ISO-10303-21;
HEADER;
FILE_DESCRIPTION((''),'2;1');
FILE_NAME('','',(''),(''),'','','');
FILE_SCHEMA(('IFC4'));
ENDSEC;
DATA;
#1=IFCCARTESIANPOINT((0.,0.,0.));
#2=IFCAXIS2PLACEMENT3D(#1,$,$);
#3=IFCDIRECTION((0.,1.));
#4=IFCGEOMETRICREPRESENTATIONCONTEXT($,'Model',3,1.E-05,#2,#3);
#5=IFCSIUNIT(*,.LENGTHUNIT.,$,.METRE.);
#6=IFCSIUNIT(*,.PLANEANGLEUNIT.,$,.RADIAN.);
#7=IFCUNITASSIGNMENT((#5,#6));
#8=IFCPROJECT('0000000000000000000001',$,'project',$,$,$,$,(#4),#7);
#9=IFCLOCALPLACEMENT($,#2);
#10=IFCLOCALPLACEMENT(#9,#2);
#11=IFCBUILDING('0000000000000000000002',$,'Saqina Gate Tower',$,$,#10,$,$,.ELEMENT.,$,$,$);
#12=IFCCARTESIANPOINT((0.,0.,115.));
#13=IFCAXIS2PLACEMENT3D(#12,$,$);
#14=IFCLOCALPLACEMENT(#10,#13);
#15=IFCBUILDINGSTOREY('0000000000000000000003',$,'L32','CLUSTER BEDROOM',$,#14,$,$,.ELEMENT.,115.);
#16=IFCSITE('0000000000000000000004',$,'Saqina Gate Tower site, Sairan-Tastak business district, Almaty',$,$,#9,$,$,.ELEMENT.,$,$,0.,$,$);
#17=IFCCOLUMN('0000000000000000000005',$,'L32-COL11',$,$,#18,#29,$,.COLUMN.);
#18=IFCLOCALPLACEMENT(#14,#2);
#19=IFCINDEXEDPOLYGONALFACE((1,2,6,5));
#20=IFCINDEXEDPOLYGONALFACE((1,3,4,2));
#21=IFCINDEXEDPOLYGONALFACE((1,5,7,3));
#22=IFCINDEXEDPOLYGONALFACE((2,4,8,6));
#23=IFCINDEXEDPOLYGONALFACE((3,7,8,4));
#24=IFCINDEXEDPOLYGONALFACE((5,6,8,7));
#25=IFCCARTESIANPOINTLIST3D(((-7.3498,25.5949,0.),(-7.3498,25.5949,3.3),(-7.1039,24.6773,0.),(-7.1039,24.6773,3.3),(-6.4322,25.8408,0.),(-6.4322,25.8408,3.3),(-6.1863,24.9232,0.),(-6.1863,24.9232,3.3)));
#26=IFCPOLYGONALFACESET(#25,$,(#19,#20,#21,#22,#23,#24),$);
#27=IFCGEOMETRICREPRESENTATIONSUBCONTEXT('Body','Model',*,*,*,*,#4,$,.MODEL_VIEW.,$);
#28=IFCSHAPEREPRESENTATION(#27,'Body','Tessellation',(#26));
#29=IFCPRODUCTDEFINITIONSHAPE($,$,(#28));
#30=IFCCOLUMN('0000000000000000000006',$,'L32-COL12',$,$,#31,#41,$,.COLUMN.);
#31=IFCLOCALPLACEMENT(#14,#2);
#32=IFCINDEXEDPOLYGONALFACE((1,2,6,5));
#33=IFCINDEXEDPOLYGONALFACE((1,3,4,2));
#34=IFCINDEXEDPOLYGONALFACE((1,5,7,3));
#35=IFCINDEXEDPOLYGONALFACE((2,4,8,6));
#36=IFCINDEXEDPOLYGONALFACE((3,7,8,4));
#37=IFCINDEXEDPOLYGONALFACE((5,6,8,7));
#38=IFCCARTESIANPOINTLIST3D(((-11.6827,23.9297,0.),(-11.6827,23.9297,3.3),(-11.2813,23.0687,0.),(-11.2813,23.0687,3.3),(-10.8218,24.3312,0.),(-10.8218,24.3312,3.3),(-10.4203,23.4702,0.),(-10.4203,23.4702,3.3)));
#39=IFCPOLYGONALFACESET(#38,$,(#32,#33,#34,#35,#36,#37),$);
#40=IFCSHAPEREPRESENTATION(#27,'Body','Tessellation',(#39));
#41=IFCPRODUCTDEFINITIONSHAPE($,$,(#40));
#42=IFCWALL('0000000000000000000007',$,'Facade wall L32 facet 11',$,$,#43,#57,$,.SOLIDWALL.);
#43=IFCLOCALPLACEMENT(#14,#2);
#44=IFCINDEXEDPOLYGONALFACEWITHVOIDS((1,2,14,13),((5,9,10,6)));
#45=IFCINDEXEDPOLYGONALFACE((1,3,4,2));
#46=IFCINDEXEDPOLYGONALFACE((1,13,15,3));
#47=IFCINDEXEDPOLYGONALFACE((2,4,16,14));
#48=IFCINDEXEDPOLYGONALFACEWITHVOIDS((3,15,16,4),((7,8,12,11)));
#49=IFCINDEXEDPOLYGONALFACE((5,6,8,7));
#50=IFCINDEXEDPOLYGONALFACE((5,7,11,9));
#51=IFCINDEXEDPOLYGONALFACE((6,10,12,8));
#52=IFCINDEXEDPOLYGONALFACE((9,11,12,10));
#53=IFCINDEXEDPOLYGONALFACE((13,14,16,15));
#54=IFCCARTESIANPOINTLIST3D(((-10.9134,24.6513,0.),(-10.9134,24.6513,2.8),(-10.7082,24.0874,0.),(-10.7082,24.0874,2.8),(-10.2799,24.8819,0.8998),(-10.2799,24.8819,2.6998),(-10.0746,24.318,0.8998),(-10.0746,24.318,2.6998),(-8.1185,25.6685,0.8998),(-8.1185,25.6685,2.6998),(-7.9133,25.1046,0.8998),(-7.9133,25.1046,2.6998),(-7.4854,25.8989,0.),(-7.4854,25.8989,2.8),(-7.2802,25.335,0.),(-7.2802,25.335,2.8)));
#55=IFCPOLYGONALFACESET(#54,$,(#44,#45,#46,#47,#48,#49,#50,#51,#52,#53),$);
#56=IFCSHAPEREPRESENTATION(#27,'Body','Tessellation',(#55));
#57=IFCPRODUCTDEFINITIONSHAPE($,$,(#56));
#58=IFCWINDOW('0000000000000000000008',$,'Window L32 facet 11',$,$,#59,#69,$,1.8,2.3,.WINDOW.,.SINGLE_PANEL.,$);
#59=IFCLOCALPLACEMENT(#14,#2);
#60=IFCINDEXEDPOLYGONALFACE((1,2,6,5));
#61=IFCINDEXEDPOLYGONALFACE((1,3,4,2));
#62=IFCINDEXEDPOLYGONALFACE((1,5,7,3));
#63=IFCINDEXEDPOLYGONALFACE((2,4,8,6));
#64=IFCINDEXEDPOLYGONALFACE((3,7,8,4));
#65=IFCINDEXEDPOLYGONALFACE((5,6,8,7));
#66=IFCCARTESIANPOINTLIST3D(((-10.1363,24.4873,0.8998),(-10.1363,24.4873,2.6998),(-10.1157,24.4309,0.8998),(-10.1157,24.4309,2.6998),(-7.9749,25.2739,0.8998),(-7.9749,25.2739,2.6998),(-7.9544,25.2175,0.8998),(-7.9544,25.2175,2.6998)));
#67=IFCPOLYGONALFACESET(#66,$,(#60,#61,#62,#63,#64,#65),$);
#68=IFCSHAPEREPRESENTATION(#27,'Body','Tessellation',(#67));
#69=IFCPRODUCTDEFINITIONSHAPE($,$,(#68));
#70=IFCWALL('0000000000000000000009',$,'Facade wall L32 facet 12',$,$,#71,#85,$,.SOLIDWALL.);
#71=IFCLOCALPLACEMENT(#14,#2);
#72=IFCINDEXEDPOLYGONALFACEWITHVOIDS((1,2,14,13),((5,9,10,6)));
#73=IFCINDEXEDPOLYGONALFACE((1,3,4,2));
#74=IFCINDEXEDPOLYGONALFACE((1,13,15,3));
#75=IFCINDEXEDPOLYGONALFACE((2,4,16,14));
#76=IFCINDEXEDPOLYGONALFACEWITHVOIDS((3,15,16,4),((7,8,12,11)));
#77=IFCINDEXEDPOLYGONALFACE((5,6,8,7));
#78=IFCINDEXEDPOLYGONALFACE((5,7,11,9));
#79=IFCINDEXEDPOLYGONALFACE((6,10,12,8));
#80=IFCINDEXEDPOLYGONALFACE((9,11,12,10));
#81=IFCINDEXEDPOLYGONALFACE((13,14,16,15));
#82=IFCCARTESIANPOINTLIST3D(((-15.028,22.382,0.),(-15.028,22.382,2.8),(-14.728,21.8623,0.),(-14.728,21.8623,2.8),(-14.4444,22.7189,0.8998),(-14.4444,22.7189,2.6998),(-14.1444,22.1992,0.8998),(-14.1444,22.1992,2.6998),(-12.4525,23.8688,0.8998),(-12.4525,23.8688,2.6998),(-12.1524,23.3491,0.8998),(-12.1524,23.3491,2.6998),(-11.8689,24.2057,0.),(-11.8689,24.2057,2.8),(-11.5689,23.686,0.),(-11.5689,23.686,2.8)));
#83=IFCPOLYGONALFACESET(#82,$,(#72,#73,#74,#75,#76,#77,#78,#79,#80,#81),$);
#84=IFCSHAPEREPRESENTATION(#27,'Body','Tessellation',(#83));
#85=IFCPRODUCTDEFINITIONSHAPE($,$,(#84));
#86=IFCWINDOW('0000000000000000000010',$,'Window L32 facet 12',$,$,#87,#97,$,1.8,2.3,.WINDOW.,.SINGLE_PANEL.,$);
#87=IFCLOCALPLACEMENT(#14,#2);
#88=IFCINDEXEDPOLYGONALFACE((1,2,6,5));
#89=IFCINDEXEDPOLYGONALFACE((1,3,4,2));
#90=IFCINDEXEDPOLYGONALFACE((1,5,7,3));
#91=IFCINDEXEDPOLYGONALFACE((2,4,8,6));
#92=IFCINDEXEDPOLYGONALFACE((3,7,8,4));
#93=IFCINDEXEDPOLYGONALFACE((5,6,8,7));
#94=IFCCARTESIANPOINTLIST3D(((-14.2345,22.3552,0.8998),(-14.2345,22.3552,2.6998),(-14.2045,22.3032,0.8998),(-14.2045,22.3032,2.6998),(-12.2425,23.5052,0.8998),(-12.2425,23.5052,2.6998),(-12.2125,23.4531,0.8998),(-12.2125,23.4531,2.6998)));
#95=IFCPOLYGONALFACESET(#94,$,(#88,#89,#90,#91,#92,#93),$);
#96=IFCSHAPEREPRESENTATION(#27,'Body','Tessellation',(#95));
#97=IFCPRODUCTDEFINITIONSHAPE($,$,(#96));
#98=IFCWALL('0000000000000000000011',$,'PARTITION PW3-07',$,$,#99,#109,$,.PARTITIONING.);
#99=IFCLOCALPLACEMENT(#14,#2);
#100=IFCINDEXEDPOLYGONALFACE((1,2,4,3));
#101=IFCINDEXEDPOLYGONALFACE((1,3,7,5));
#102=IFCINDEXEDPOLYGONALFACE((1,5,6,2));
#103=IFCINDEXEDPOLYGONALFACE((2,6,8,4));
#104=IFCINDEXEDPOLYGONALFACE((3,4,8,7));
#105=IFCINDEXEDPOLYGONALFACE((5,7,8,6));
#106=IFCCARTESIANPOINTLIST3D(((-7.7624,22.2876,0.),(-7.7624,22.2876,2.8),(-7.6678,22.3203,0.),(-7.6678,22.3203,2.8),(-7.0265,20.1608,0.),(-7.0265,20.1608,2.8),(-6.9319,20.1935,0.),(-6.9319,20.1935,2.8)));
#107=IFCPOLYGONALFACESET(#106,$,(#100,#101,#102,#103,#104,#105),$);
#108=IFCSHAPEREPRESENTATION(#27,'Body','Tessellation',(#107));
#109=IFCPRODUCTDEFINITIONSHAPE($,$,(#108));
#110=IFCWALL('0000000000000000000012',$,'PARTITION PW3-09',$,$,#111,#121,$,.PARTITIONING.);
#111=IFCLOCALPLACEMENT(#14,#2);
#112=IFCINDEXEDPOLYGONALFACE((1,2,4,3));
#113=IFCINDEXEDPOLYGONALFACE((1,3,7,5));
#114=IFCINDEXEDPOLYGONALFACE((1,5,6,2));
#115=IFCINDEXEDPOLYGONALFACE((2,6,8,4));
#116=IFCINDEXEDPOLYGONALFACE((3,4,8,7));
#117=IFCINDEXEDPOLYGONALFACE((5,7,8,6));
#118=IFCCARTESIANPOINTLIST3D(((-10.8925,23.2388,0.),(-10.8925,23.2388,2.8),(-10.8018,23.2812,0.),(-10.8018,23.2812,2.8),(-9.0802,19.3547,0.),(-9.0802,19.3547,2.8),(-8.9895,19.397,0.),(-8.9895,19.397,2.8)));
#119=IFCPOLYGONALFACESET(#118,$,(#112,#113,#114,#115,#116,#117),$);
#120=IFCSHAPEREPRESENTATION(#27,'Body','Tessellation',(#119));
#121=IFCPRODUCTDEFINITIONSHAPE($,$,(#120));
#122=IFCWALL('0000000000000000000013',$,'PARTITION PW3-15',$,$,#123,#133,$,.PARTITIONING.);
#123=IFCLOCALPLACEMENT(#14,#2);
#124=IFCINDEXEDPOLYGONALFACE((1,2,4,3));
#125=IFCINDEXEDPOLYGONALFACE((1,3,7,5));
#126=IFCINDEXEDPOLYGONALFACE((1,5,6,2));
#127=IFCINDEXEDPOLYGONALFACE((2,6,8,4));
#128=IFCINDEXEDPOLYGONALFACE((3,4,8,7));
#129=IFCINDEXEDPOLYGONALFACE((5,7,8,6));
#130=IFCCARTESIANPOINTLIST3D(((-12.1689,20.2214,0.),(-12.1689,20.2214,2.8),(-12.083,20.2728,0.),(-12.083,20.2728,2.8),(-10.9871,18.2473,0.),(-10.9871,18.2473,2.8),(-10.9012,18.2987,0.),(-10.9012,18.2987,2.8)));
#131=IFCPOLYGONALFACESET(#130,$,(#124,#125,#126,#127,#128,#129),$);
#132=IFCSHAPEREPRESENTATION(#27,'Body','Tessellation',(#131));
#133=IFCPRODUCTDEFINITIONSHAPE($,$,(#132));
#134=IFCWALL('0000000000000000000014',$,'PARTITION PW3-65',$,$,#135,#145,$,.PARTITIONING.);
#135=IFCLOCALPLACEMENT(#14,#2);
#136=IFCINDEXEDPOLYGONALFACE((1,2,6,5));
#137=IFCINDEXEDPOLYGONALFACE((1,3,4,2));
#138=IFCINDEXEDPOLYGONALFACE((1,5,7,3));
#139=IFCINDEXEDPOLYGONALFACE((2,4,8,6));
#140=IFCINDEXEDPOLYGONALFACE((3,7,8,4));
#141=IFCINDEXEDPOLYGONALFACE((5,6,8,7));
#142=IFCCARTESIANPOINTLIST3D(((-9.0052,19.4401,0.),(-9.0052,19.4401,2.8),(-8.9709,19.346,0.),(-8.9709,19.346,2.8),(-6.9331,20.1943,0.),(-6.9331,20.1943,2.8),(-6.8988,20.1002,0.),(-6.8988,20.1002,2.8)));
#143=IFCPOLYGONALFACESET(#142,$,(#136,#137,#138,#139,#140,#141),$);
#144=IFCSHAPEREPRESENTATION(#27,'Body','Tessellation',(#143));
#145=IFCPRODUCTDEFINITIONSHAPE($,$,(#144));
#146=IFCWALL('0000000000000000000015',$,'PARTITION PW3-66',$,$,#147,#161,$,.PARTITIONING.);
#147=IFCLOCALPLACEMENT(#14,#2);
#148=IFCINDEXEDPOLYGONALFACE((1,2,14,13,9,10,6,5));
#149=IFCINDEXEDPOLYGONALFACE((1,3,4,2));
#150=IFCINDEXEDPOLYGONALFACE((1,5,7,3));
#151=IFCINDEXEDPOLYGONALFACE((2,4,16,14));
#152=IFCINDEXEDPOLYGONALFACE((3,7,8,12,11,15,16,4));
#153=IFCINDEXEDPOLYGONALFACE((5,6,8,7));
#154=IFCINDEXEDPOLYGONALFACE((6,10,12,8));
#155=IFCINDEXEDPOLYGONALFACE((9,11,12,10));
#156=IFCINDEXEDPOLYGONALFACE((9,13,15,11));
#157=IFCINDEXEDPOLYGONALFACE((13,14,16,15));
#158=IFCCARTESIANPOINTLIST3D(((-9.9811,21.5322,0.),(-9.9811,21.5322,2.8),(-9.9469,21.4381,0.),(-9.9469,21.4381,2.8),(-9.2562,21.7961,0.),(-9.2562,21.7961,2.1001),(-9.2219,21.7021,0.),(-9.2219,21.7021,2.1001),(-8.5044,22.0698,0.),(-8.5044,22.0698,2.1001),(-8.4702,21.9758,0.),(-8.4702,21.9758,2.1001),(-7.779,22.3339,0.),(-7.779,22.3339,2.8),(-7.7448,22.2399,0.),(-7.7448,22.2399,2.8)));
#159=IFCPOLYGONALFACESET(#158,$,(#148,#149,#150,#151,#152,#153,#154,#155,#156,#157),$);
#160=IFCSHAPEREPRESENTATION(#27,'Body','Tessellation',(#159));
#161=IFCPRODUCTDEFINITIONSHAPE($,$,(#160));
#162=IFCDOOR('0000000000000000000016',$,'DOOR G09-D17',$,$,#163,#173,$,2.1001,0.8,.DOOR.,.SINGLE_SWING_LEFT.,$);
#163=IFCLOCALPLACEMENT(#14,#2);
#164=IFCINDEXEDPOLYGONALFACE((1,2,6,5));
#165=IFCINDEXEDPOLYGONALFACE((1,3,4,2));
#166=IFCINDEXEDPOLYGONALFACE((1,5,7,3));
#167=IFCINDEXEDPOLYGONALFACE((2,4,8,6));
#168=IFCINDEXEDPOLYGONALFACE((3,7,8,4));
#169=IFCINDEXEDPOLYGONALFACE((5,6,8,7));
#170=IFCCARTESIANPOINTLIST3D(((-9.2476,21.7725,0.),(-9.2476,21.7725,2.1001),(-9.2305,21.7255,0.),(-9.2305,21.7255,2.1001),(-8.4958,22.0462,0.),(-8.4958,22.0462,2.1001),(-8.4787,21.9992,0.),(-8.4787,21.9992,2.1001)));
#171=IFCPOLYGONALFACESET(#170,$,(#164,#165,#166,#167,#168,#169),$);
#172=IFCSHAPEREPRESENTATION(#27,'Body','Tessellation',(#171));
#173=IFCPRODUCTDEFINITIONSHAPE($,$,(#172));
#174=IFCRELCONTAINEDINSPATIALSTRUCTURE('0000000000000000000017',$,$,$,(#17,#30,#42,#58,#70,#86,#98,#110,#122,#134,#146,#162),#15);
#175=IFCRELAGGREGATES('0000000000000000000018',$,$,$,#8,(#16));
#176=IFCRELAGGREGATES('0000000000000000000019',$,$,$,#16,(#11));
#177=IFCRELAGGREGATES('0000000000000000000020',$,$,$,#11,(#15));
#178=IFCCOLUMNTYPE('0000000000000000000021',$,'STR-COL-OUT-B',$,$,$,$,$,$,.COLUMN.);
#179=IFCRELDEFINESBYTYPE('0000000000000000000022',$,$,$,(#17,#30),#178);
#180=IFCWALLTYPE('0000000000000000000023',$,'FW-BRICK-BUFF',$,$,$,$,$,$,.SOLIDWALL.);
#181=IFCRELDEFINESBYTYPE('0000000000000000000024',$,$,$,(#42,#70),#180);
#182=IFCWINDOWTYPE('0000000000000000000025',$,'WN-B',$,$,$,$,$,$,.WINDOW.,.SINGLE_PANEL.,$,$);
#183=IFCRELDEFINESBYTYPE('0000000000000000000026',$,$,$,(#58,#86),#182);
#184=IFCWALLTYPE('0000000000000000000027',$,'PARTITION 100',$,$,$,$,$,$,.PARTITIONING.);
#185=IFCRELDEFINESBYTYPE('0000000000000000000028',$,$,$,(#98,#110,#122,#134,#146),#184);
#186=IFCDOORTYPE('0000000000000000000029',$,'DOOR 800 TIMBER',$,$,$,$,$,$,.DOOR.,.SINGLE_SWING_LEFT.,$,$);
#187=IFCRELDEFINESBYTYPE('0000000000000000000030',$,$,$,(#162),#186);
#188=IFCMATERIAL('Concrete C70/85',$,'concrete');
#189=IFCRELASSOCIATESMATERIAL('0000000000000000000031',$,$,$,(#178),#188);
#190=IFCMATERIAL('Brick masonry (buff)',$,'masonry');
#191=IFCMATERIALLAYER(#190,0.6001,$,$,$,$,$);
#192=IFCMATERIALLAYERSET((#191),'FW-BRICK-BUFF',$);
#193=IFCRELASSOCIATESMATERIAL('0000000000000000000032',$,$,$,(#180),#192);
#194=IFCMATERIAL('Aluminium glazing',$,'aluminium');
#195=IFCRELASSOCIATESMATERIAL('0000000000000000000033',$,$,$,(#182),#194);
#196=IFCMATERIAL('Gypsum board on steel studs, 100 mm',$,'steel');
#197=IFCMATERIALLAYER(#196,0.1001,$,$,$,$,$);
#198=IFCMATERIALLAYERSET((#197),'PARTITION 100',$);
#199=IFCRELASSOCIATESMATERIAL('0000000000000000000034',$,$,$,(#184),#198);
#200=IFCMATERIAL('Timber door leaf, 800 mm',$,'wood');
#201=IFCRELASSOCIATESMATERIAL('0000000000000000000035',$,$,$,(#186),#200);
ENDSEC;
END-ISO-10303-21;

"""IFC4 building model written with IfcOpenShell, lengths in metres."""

from ifc_helpers import new_model, si_unit, direction, frame, frame_2d, origin, origin_2d, place, context, subcontext, project, spatial, rectangle, extrude, material, layer, layer_set, material_profile, profile_set, type_object, element, fill, save


model = new_model("IFC4")

# Units and contexts
model_context = context("Model", 3, precision=1e-05, world=origin(), true_north=direction((0.0, 1.0)))
body_context = subcontext(model_context, "Body", "Model", "MODEL_VIEW")
ifc_project = project(units=[si_unit("LENGTHUNIT", "METRE"), si_unit("PLANEANGLEUNIT", "RADIAN")], contexts=[model_context])

# Site, building, storey
site_placement = place(None, origin())
site = spatial("IfcSite", under=ifc_project, at=site_placement, Name="Saqina Gate Tower site, Sairan-Tastak business district, Almaty", CompositionType="ELEMENT", RefElevation=0.0)
building_placement = place(site_placement, origin())
building = spatial("IfcBuilding", under=site, at=building_placement, Name="Saqina Gate Tower", CompositionType="ELEMENT")
storey_placement = place(building_placement, frame((0.0, 0.0, 115.0)))
storey = spatial("IfcBuildingStorey", under=building, at=storey_placement, Name="L32", Description="CLUSTER BEDROOM", CompositionType="ELEMENT", Elevation=115.0)

# Columns
ifc_material_1 = material(Name="Concrete C70/85", Category="concrete")
ifc_material_profile = material_profile(ifc_material_1, rectangle(XDim=0.95, YDim=0.95, at=origin_2d()), Name="RC 950x950")
ifc_profile_set = profile_set([ifc_material_profile], Name="Concrete C70/85")
column_type = type_object("IfcColumnType", Name="STR-COL-OUT-B", PredefinedType="COLUMN", material=ifc_profile_set)
for number, where, z_axis, x_axis, name in (
    (1, (-6.7681, 25.259, 0.0), (0.0, 0.0, 1.0), (-0.258819, 0.965926, 0.0), "L32-COL11"),
    (2, (-11.0515, 23.7, 0.0), (0.0, 0.0, 1.0), (-0.422618, 0.906308, 0.0), "L32-COL12"),
):
    element("IfcColumn", number, at=place(storey_placement, frame(where, z_axis=z_axis, x_axis=x_axis)), inside=storey, type_object=column_type, Name=name, PredefinedType="COLUMN", context=body_context, shape_type="SweptSolid", body=[
        extrude(rectangle(XDim=0.95, YDim=0.95, at=origin_2d()), origin(), (0.0, 0.0, 1.0), 3.3),
    ])

# Walls, openings, windows
ifc_material_2 = material(Name="Brick masonry (buff)", Category="masonry")
ifc_layer_1 = layer(ifc_material_2, 0.6001)
ifc_layer_set_1 = layer_set([ifc_layer_1], Name="FW-BRICK-BUFF")
wall_type_1 = type_object("IfcWallType", Name="FW-BRICK-BUFF", PredefinedType="SOLIDWALL", material=ifc_layer_set_1)
wall_1_placement = place(storey_placement, frame((-7.3828, 25.6169, 0.0), z_axis=(0.0, 0.0, 1.0), x_axis=(-0.939704, -0.34199, 0.0)))
wall_1 = element("IfcWall", 3, at=wall_1_placement, inside=storey, type_object=wall_type_1, Name="Facade wall L32 facet 11", PredefinedType="SOLIDWALL", context=body_context, shape_type="SweptSolid", body=[
    extrude(rectangle(XDim=3.6479, YDim=0.6001, at=frame_2d((1.824, 0.0))), origin(), (0.0, 0.0, 1.0), 2.8),
])
opening_1_placement = place(wall_1_placement, frame((0.6738, 0.0, 0.8999)))
opening_1 = element("IfcOpeningElement", 4, at=opening_1_placement, cuts=wall_1, PredefinedType="OPENING", context=body_context, shape_type="SweptSolid", body=[
    extrude(rectangle(XDim=2.3, YDim=1.8, at=frame_2d((1.1499, 0.8999))), frame((0.0, 0.312, 0.0), z_axis=(0.0, -1.0, 0.0), x_axis=(1.0, 0.0, 0.0)), (0.0, 0.0, 1.0), 0.624),
])
ifc_material_3 = material(Name="Aluminium glazing", Category="aluminium")
window_type = type_object("IfcWindowType", Name="WN-B", PartitioningType="SINGLE_PANEL", PredefinedType="WINDOW", material=ifc_material_3)
window_1_placement = place(opening_1_placement, origin())
window_1 = element("IfcWindow", 5, at=window_1_placement, inside=storey, type_object=window_type, Name="Window L32 facet 11", OverallHeight=1.8, OverallWidth=2.3, PartitioningType="SINGLE_PANEL", PredefinedType="WINDOW", context=body_context, shape_type="SweptSolid", body=[
    extrude(rectangle(XDim=2.3, YDim=1.8, at=frame_2d((1.1499, 0.8999))), frame((0.0, 0.1799, 0.0), z_axis=(0.0, -1.0, 0.0), x_axis=(1.0, 0.0, 0.0)), (0.0, 0.0, 1.0), 0.0601),
])
fill(opening_1, window_1)
wall_2_placement = place(storey_placement, frame((-11.719, 23.9458, 0.0), z_axis=(0.0, 0.0, 1.0), x_axis=(-0.866052, -0.499954, 0.0)))
wall_2 = element("IfcWall", 6, at=wall_2_placement, inside=storey, type_object=wall_type_1, Name="Facade wall L32 facet 12", PredefinedType="SOLIDWALL", context=body_context, shape_type="SweptSolid", body=[
    extrude(rectangle(XDim=3.6477, YDim=0.6001, at=frame_2d((1.8237, 0.0))), origin(), (0.0, 0.0, 1.0), 2.8),
])
opening_2_placement = place(wall_2_placement, frame((0.6738, 0.0, 0.8999)))
opening_2 = element("IfcOpeningElement", 7, at=opening_2_placement, cuts=wall_2, PredefinedType="OPENING", context=body_context, shape_type="SweptSolid", body=[
    extrude(rectangle(XDim=2.3, YDim=1.8, at=frame_2d((1.1499, 0.8999))), frame((0.0, 0.312, 0.0), z_axis=(0.0, -1.0, 0.0), x_axis=(1.0, 0.0, 0.0)), (0.0, 0.0, 1.0), 0.624),
])
window_2_placement = place(opening_2_placement, origin())
window_2 = element("IfcWindow", 8, at=window_2_placement, inside=storey, type_object=window_type, Name="Window L32 facet 12", OverallHeight=1.8, OverallWidth=2.3, PartitioningType="SINGLE_PANEL", PredefinedType="WINDOW", context=body_context, shape_type="SweptSolid", body=[
    extrude(rectangle(XDim=2.3, YDim=1.8, at=frame_2d((1.1499, 0.8999))), frame((0.0, 0.1799, 0.0), z_axis=(0.0, -1.0, 0.0), x_axis=(1.0, 0.0, 0.0)), (0.0, 0.0, 1.0), 0.0601),
])
fill(opening_2, window_2)

# Walls
ifc_material_4 = material(Name="Gypsum board on steel studs, 100 mm", Category="steel")
ifc_layer_2 = layer(ifc_material_4, 0.1001)
ifc_layer_set_2 = layer_set([ifc_layer_2], Name="PARTITION 100")
wall_type_2 = type_object("IfcWallType", Name="PARTITION 100", PredefinedType="PARTITIONING", material=ifc_layer_set_2)
wall_3_placement = place(storey_placement, frame((-7.7151, 22.304, 0.0), z_axis=(0.0, 0.0, 1.0), x_axis=(0.32698, -0.945031, 0.0)))
element("IfcWall", 9, at=wall_3_placement, inside=storey, type_object=wall_type_2, Name="PARTITION PW3-07", PredefinedType="PARTITIONING", context=body_context, shape_type="SweptSolid", body=[
    extrude(rectangle(XDim=2.2505, YDim=0.1001, at=frame_2d((1.1252, 0.0))), origin(), (0.0, 0.0, 1.0), 2.8),
])
wall_4_placement = place(storey_placement, frame((-10.8472, 23.26, 0.0), z_axis=(0.0, 0.0, 1.0), x_axis=(0.422829, -0.906209, 0.0)))
element("IfcWall", 10, at=wall_4_placement, inside=storey, type_object=wall_type_2, Name="PARTITION PW3-09", PredefinedType="PARTITIONING", context=body_context, shape_type="SweptSolid", body=[
    extrude(rectangle(XDim=4.2861, YDim=0.1001, at=frame_2d((2.1431, 0.0))), origin(), (0.0, 0.0, 1.0), 2.8),
])
wall_5_placement = place(storey_placement, frame((-12.126, 20.2471, 0.0), z_axis=(0.0, 0.0, 1.0), x_axis=(0.513668, -0.857989, 0.0)))
element("IfcWall", 11, at=wall_5_placement, inside=storey, type_object=wall_type_2, Name="PARTITION PW3-15", PredefinedType="PARTITIONING", context=body_context, shape_type="SweptSolid", body=[
    extrude(rectangle(XDim=2.3008, YDim=0.1001, at=frame_2d((1.1504, 0.0))), origin(), (0.0, 0.0, 1.0), 2.8),
])
wall_6_placement = place(storey_placement, frame((-8.988, 19.3931, 0.0), z_axis=(0.0, 0.0, 1.0), x_axis=(0.939693, 0.342019, 0.0)))
element("IfcWall", 12, at=wall_6_placement, inside=storey, type_object=wall_type_2, Name="PARTITION PW3-65", PredefinedType="PARTITIONING", context=body_context, shape_type="SweptSolid", body=[
    extrude(rectangle(XDim=2.2051, YDim=0.1001, at=frame_2d((1.1025, 0.0))), origin(), (0.0, 0.0, 1.0), 2.8),
])

# Wall, opening, door
wall_7_placement = place(storey_placement, frame((-9.9641, 21.4851, 0.0), z_axis=(0.0, 0.0, 1.0), x_axis=(0.93966, 0.342111, 0.0)))
wall_7 = element("IfcWall", 13, at=wall_7_placement, inside=storey, type_object=wall_type_2, Name="PARTITION PW3-66", PredefinedType="PARTITIONING", context=body_context, shape_type="SweptSolid", body=[
    extrude(rectangle(XDim=2.3435, YDim=0.1001, at=frame_2d((1.1719, 0.0))), origin(), (0.0, 0.0, 1.0), 2.8),
])
opening_3_placement = place(wall_7_placement, frame((0.7717, 0.0, 0.0)))
opening_3 = element("IfcOpeningElement", 14, at=opening_3_placement, cuts=wall_7, PredefinedType="OPENING", context=body_context, shape_type="SweptSolid", body=[
    extrude(rectangle(XDim=0.8, YDim=2.1001, at=frame_2d((0.3999, 1.05))), frame((0.0, 0.062, 0.0), z_axis=(0.0, -1.0, 0.0), x_axis=(1.0, 0.0, 0.0)), (0.0, 0.0, 1.0), 0.124),
])
ifc_material_5 = material(Name="Timber door leaf, 800 mm", Category="wood")
door_type_1 = type_object("IfcDoorType", Name="DOOR 800 TIMBER", OperationType="SINGLE_SWING_LEFT", PredefinedType="DOOR", material=ifc_material_5)
door_1_placement = place(opening_3_placement, origin())
door_1 = element("IfcDoor", 15, at=door_1_placement, inside=storey, type_object=door_type_1, Name="DOOR G09-D17", OperationType="SINGLE_SWING_LEFT", OverallHeight=2.1001, OverallWidth=0.8, PredefinedType="DOOR", context=body_context, shape_type="SweptSolid", body=[
    extrude(rectangle(XDim=0.8, YDim=2.1001, at=frame_2d((0.3999, 1.05))), frame((0.0, 0.0249, 0.0), z_axis=(0.0, -1.0, 0.0), x_axis=(1.0, 0.0, 0.0)), (0.0, 0.0, 1.0), 0.05),
])
fill(opening_3, door_1)

save(model, "model.ifc")
